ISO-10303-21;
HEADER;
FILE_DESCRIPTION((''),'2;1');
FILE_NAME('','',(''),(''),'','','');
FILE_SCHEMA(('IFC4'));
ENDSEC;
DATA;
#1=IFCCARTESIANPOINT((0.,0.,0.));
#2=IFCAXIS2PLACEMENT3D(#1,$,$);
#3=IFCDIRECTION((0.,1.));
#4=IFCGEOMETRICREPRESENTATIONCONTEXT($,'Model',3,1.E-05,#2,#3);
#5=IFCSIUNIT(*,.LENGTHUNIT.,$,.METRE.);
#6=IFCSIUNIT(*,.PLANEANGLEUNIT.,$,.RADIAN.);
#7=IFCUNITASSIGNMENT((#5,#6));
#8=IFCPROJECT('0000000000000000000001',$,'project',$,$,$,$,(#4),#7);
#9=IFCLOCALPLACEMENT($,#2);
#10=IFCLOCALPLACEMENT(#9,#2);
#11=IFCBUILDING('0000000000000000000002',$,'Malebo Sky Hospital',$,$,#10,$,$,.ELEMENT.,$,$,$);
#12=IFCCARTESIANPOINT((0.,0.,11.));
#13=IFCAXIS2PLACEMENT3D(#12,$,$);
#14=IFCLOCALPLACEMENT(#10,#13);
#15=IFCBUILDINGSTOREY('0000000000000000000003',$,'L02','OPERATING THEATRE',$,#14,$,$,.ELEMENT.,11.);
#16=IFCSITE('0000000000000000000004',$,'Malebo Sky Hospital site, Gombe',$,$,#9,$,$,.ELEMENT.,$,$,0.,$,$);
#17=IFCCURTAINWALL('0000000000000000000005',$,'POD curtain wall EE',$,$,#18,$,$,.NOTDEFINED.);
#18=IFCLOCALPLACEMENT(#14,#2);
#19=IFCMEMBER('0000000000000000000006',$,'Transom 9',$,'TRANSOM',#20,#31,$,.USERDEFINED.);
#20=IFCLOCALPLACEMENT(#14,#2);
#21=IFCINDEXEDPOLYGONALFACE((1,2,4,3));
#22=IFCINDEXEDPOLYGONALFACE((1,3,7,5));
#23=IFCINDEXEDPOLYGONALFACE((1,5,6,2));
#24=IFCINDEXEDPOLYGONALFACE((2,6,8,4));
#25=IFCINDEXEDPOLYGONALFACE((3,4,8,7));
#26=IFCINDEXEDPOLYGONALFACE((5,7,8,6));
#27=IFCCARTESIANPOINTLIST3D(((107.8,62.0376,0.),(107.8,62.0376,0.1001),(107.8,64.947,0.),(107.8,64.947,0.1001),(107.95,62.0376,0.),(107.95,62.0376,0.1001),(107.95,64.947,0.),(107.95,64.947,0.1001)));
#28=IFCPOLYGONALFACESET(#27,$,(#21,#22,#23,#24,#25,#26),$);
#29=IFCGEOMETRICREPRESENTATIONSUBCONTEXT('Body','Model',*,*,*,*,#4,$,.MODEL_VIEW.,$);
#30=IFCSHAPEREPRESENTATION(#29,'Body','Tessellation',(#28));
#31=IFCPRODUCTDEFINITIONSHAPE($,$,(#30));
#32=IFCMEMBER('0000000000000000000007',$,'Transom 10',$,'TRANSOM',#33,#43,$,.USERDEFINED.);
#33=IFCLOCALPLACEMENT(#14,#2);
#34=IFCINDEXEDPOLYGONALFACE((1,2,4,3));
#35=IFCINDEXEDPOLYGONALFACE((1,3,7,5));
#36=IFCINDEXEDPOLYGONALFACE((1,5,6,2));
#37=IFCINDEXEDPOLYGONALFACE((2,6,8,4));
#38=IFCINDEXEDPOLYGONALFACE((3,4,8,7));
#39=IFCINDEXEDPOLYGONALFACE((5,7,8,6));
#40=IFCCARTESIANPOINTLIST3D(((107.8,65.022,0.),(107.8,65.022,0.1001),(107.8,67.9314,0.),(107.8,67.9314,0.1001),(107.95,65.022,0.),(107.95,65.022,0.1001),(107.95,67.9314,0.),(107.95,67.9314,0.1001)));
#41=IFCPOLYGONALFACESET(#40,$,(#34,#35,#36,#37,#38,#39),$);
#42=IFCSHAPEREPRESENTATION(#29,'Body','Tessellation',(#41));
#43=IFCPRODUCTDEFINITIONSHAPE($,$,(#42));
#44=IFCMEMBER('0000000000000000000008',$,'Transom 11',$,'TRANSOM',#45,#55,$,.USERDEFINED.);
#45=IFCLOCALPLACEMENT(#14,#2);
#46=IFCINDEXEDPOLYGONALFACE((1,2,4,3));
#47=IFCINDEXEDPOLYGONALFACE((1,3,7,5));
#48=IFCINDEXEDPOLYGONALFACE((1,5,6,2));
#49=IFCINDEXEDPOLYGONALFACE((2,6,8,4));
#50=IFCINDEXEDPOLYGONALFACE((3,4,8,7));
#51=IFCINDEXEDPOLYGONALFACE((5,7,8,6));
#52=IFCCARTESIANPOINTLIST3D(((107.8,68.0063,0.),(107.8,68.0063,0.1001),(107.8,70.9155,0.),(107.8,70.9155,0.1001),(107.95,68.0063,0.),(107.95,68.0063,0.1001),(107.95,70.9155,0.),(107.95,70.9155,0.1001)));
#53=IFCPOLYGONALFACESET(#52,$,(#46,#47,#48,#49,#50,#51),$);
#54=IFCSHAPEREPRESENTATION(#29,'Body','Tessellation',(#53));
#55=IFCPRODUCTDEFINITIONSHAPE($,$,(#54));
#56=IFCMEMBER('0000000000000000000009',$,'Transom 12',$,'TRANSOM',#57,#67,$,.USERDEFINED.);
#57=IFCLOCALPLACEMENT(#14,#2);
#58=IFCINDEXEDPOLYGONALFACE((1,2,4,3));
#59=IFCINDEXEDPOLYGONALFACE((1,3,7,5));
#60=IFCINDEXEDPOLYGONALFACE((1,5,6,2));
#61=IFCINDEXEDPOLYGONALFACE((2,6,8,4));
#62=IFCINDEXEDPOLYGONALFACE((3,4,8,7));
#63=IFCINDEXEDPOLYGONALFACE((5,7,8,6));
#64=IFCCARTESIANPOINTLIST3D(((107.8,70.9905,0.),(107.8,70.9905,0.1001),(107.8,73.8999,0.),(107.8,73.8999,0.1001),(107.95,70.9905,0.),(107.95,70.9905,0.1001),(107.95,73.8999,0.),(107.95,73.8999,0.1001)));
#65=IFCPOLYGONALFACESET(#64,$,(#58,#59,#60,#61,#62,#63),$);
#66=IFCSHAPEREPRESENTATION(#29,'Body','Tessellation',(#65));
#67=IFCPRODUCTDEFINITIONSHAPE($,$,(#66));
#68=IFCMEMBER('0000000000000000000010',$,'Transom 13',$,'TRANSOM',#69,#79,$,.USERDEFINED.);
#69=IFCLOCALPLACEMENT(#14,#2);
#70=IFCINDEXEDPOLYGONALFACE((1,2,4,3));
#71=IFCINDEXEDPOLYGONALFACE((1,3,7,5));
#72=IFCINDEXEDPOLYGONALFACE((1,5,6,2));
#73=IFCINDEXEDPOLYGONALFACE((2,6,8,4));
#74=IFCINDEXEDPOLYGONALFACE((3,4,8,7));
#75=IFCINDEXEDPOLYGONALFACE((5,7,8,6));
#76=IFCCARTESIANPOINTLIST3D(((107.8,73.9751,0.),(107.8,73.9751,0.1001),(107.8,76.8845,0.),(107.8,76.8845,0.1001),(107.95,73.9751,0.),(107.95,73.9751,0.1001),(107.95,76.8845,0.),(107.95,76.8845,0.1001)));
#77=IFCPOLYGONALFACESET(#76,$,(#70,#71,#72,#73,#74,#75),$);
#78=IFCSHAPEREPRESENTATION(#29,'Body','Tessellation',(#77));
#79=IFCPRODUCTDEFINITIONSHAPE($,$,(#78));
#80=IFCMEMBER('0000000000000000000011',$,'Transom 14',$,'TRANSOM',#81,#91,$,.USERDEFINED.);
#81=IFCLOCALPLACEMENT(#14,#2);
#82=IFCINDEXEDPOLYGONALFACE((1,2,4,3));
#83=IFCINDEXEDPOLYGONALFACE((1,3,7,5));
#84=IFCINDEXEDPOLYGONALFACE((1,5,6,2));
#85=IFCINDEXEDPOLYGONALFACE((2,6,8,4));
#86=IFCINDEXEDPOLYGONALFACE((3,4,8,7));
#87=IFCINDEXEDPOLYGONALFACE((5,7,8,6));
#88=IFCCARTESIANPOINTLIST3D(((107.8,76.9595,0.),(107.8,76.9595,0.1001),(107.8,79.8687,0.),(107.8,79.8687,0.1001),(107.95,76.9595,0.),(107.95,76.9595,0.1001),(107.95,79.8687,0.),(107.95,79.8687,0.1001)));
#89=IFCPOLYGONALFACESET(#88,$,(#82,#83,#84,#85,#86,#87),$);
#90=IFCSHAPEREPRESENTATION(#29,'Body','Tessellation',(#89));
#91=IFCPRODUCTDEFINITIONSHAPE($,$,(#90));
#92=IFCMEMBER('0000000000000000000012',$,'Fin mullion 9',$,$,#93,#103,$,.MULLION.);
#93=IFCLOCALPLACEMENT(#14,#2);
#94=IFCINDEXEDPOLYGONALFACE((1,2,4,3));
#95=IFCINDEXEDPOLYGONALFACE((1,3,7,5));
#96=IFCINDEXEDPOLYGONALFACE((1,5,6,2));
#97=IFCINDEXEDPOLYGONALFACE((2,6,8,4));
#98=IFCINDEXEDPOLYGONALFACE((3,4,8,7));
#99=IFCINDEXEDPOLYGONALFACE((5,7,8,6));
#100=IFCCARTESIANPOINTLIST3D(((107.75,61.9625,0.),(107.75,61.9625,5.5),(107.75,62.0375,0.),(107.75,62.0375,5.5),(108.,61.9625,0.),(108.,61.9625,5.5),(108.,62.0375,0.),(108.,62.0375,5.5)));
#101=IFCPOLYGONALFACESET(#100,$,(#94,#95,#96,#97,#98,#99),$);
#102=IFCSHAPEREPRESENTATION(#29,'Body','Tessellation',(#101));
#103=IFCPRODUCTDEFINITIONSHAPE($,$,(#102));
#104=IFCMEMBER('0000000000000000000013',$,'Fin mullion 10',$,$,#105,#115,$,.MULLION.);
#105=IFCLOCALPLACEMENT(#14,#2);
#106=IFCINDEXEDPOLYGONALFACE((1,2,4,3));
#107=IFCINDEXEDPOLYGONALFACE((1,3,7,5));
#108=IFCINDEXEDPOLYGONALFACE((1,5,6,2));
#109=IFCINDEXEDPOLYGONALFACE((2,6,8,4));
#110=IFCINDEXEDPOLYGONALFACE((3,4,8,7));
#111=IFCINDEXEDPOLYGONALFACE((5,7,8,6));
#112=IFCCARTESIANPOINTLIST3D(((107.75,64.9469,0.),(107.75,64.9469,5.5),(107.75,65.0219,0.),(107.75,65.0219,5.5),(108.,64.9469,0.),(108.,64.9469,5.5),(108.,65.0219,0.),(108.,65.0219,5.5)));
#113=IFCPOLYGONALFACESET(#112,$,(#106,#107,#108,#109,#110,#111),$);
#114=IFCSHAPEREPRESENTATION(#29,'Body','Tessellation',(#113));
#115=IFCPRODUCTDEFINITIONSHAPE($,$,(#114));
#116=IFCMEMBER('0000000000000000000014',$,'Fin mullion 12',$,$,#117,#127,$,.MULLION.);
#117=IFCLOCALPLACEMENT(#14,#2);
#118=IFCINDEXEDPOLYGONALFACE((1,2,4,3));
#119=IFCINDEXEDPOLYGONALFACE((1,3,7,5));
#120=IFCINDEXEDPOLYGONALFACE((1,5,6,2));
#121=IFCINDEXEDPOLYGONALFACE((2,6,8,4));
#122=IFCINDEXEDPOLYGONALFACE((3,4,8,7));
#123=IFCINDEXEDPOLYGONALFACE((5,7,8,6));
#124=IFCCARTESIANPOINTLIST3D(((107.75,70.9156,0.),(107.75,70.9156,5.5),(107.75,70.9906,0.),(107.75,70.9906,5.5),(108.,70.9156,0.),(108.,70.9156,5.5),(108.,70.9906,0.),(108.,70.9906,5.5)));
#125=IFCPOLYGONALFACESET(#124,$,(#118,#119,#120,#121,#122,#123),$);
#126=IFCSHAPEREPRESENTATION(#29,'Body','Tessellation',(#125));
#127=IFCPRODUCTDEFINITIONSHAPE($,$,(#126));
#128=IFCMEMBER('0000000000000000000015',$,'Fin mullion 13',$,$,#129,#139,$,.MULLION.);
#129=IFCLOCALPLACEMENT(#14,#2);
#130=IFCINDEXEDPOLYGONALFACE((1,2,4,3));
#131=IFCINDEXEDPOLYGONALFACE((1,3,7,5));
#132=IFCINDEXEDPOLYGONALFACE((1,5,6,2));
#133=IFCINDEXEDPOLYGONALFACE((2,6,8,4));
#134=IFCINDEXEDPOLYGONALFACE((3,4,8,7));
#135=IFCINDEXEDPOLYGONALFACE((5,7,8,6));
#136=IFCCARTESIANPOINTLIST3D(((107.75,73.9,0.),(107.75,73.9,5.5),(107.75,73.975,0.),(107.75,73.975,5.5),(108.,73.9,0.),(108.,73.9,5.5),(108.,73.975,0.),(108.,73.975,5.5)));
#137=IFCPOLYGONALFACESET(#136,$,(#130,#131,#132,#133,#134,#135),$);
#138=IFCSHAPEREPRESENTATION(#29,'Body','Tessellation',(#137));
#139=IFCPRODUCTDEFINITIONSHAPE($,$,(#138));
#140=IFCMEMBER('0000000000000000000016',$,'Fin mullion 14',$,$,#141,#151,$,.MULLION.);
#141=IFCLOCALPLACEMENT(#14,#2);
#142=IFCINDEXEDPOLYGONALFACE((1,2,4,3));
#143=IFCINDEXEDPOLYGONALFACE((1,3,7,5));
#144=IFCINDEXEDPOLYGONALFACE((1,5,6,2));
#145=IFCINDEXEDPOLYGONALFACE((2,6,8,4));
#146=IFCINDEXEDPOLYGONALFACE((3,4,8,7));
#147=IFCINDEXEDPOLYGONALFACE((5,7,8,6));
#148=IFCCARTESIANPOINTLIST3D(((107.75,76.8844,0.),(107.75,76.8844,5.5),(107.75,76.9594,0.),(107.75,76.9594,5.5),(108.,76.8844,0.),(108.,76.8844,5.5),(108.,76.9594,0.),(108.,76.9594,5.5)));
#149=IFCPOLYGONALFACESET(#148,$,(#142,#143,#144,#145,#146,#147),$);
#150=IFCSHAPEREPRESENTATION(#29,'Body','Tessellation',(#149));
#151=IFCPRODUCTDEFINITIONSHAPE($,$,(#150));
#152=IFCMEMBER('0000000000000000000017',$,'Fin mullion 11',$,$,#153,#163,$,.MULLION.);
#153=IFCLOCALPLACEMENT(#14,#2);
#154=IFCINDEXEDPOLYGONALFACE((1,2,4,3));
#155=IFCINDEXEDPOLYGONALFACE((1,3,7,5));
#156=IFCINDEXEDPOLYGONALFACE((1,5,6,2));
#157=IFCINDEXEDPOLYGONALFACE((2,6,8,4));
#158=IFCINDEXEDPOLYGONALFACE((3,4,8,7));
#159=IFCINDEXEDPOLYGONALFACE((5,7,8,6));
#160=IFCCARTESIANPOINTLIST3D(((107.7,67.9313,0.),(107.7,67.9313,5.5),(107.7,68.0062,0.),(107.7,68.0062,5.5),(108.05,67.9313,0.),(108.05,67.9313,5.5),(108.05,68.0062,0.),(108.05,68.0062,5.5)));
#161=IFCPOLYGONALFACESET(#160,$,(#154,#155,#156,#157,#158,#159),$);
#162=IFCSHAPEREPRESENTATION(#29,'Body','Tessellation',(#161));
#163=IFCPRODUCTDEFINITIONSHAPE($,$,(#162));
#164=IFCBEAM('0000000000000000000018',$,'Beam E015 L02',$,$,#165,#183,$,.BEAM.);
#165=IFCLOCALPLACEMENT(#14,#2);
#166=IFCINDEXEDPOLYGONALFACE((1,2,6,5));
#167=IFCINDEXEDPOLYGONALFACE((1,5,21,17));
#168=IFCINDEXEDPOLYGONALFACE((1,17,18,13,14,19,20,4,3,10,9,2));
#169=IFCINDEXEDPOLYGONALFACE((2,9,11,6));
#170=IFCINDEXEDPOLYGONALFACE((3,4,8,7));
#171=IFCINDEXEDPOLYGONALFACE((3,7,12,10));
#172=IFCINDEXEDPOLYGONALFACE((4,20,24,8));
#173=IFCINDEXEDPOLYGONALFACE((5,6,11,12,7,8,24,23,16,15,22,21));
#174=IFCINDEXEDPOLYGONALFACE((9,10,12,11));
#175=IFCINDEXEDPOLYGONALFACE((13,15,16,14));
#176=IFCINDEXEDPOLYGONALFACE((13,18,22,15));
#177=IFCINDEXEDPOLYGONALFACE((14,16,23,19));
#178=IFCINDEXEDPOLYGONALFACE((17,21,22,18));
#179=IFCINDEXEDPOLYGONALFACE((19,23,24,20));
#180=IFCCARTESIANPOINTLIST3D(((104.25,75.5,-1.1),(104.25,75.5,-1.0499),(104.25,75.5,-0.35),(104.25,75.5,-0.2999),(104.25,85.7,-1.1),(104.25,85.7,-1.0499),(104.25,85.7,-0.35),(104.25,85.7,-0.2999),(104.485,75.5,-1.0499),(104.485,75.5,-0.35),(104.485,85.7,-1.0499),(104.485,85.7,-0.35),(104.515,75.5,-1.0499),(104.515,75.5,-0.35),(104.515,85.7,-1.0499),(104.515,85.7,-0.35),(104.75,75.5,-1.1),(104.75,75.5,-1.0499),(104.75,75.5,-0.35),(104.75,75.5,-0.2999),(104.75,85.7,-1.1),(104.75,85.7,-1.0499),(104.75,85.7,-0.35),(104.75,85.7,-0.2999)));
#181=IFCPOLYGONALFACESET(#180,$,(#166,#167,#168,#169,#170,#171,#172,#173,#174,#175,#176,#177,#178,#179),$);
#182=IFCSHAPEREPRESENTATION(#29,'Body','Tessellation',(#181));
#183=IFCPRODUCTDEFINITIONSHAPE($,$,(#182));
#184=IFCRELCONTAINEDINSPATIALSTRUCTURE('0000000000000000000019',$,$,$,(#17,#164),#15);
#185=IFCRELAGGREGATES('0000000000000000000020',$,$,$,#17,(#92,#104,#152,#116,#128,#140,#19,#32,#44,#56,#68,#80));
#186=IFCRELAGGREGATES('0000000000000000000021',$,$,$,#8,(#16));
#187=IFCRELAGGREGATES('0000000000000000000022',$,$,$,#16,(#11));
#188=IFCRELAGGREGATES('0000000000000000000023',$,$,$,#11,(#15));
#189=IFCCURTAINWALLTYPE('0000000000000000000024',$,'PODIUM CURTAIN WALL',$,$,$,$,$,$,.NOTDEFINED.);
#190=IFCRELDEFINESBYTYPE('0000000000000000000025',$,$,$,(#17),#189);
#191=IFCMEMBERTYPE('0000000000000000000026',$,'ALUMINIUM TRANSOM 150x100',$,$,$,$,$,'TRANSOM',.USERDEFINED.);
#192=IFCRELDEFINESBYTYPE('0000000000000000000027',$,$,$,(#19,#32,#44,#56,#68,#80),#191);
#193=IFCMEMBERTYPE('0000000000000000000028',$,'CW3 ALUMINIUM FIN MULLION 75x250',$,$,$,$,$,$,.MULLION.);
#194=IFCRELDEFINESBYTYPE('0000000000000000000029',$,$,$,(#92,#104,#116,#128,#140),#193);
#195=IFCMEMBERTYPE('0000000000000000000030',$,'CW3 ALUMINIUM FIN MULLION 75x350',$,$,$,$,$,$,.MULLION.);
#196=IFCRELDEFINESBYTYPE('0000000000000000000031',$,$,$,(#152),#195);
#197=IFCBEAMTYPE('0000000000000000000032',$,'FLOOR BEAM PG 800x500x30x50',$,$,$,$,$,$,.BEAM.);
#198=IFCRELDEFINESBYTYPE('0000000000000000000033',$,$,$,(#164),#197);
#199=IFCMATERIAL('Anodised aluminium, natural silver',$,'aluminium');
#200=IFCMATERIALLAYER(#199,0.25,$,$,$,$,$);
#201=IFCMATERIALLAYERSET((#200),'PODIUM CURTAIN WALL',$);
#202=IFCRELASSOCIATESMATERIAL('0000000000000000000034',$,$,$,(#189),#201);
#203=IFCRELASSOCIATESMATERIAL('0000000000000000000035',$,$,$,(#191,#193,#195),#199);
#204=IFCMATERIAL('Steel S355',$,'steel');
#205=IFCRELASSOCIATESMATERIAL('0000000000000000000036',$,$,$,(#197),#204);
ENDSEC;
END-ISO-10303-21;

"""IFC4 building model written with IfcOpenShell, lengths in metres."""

from ifc_helpers import new_model, si_unit, direction, frame, origin, origin_2d, place, context, subcontext, project, spatial, rectangle, i_section, extrude, material, layer, layer_set, material_profile, profile_set, type_object, element, aggregate, save


model = new_model("IFC4")

# Units and contexts
model_context = context("Model", 3, precision=1e-05, world=origin(), true_north=direction((0.0, 1.0)))
body_context = subcontext(model_context, "Body", "Model", "MODEL_VIEW")
ifc_project = project(units=[si_unit("LENGTHUNIT", "METRE"), si_unit("PLANEANGLEUNIT", "RADIAN")], contexts=[model_context])

# Site, building, storey
site_placement = place(None, origin())
site = spatial("IfcSite", under=ifc_project, at=site_placement, Name="Malebo Sky Hospital site, Gombe", CompositionType="ELEMENT", RefElevation=0.0)
building_placement = place(site_placement, origin())
building = spatial("IfcBuilding", under=site, at=building_placement, Name="Malebo Sky Hospital", CompositionType="ELEMENT")
storey_placement = place(building_placement, frame((0.0, 0.0, 11.0)))
storey = spatial("IfcBuildingStorey", under=building, at=storey_placement, Name="L02", Description="OPERATING THEATRE", CompositionType="ELEMENT", Elevation=11.0)

# Curtain wall, members
ifc_material_1 = material(Name="Anodised aluminium, natural silver", Category="aluminium")
ifc_layer_1 = layer(ifc_material_1, 0.25)
ifc_layer_set_1 = layer_set([ifc_layer_1], Name="PODIUM CURTAIN WALL")
curtain_wall_type = type_object("IfcCurtainWallType", Name="PODIUM CURTAIN WALL", PredefinedType="NOTDEFINED", material=ifc_layer_set_1)
curtain_wall_placement = place(storey_placement, origin())
curtain_wall = element("IfcCurtainWall", 1, at=curtain_wall_placement, inside=storey, type_object=curtain_wall_type, Name="POD curtain wall EE", PredefinedType="NOTDEFINED")
ifc_material_profile_1 = material_profile(ifc_material_1, rectangle(XDim=0.1499, YDim=0.1001, at=origin_2d()), Name="ALUMINIUM TRANSOM 150x100")
ifc_profile_set_1 = profile_set([ifc_material_profile_1], Name="Anodised aluminium, natural silver")
member_type_1 = type_object("IfcMemberType", Name="ALUMINIUM TRANSOM 150x100", ElementType="TRANSOM", PredefinedType="USERDEFINED", material=ifc_profile_set_1)
member_1_placement = place(storey_placement, frame((107.875, 62.0376, 0.05), z_axis=(0.0, 1.0, 0.0), x_axis=(-1.0, 0.0, 0.0)))
member_1 = element("IfcMember", 2, at=member_1_placement, type_object=member_type_1, Name="Transom 9", ObjectType="TRANSOM", PredefinedType="USERDEFINED", context=body_context, shape_type="SweptSolid", body=[
    extrude(rectangle(XDim=0.1499, YDim=0.1001, at=origin_2d()), origin(), (0.0, 0.0, 1.0), 2.9094),
])
member_2_placement = place(storey_placement, frame((107.875, 65.022, 0.05), z_axis=(0.0, 1.0, 0.0), x_axis=(-1.0, 0.0, 0.0)))
member_2 = element("IfcMember", 3, at=member_2_placement, type_object=member_type_1, Name="Transom 10", ObjectType="TRANSOM", PredefinedType="USERDEFINED", context=body_context, shape_type="SweptSolid", body=[
    extrude(rectangle(XDim=0.1499, YDim=0.1001, at=origin_2d()), origin(), (0.0, 0.0, 1.0), 2.9094),
])
member_3_placement = place(storey_placement, frame((107.875, 68.0063, 0.05), z_axis=(0.0, 1.0, 0.0), x_axis=(-1.0, 0.0, 0.0)))
member_3 = element("IfcMember", 4, at=member_3_placement, type_object=member_type_1, Name="Transom 11", ObjectType="TRANSOM", PredefinedType="USERDEFINED", context=body_context, shape_type="SweptSolid", body=[
    extrude(rectangle(XDim=0.1499, YDim=0.1001, at=origin_2d()), origin(), (0.0, 0.0, 1.0), 2.9092),
])
member_4_placement = place(storey_placement, frame((107.875, 70.9905, 0.05), z_axis=(0.0, 1.0, 0.0), x_axis=(-1.0, 0.0, 0.0)))
member_4 = element("IfcMember", 5, at=member_4_placement, type_object=member_type_1, Name="Transom 12", ObjectType="TRANSOM", PredefinedType="USERDEFINED", context=body_context, shape_type="SweptSolid", body=[
    extrude(rectangle(XDim=0.1499, YDim=0.1001, at=origin_2d()), origin(), (0.0, 0.0, 1.0), 2.9094),
])
member_5_placement = place(storey_placement, frame((107.875, 73.9751, 0.05), z_axis=(0.0, 1.0, 0.0), x_axis=(-1.0, 0.0, 0.0)))
member_5 = element("IfcMember", 6, at=member_5_placement, type_object=member_type_1, Name="Transom 13", ObjectType="TRANSOM", PredefinedType="USERDEFINED", context=body_context, shape_type="SweptSolid", body=[
    extrude(rectangle(XDim=0.1499, YDim=0.1001, at=origin_2d()), origin(), (0.0, 0.0, 1.0), 2.9094),
])
member_6_placement = place(storey_placement, frame((107.875, 76.9595, 0.05), z_axis=(0.0, 1.0, 0.0), x_axis=(-1.0, 0.0, 0.0)))
member_6 = element("IfcMember", 7, at=member_6_placement, type_object=member_type_1, Name="Transom 14", ObjectType="TRANSOM", PredefinedType="USERDEFINED", context=body_context, shape_type="SweptSolid", body=[
    extrude(rectangle(XDim=0.1499, YDim=0.1001, at=origin_2d()), origin(), (0.0, 0.0, 1.0), 2.9092),
])
ifc_material_profile_2 = material_profile(ifc_material_1, rectangle(XDim=0.075, YDim=0.25, at=origin_2d()), Name="CW3 ALUMINIUM FIN MULLION 75x250")
ifc_profile_set_2 = profile_set([ifc_material_profile_2], Name="Anodised aluminium, natural silver")
member_type_2 = type_object("IfcMemberType", Name="CW3 ALUMINIUM FIN MULLION 75x250", PredefinedType="MULLION", material=ifc_profile_set_2)
member_7_placement = place(storey_placement, frame((107.875, 62.0, 0.0), z_axis=(0.0, 0.0, 1.0), x_axis=(0.0, 1.0, 0.0)))
member_7 = element("IfcMember", 8, at=member_7_placement, type_object=member_type_2, Name="Fin mullion 9", PredefinedType="MULLION", context=body_context, shape_type="SweptSolid", body=[
    extrude(rectangle(XDim=0.075, YDim=0.25, at=origin_2d()), origin(), (0.0, 0.0, 1.0), 5.5),
])
member_8_placement = place(storey_placement, frame((107.875, 64.9844, 0.0), z_axis=(0.0, 0.0, 1.0), x_axis=(0.0, 1.0, 0.0)))
member_8 = element("IfcMember", 9, at=member_8_placement, type_object=member_type_2, Name="Fin mullion 10", PredefinedType="MULLION", context=body_context, shape_type="SweptSolid", body=[
    extrude(rectangle(XDim=0.075, YDim=0.25, at=origin_2d()), origin(), (0.0, 0.0, 1.0), 5.5),
])
member_9_placement = place(storey_placement, frame((107.875, 70.9531, 0.0), z_axis=(0.0, 0.0, 1.0), x_axis=(0.0, 1.0, 0.0)))
member_9 = element("IfcMember", 10, at=member_9_placement, type_object=member_type_2, Name="Fin mullion 12", PredefinedType="MULLION", context=body_context, shape_type="SweptSolid", body=[
    extrude(rectangle(XDim=0.075, YDim=0.25, at=origin_2d()), origin(), (0.0, 0.0, 1.0), 5.5),
])
member_10_placement = place(storey_placement, frame((107.875, 73.9375, 0.0), z_axis=(0.0, 0.0, 1.0), x_axis=(0.0, 1.0, 0.0)))
member_10 = element("IfcMember", 11, at=member_10_placement, type_object=member_type_2, Name="Fin mullion 13", PredefinedType="MULLION", context=body_context, shape_type="SweptSolid", body=[
    extrude(rectangle(XDim=0.075, YDim=0.25, at=origin_2d()), origin(), (0.0, 0.0, 1.0), 5.5),
])
member_11_placement = place(storey_placement, frame((107.875, 76.9219, 0.0), z_axis=(0.0, 0.0, 1.0), x_axis=(0.0, 1.0, 0.0)))
member_11 = element("IfcMember", 12, at=member_11_placement, type_object=member_type_2, Name="Fin mullion 14", PredefinedType="MULLION", context=body_context, shape_type="SweptSolid", body=[
    extrude(rectangle(XDim=0.075, YDim=0.25, at=origin_2d()), origin(), (0.0, 0.0, 1.0), 5.5),
])
ifc_material_profile_3 = material_profile(ifc_material_1, rectangle(XDim=0.075, YDim=0.3501, at=origin_2d()), Name="CW3 ALUMINIUM FIN MULLION 75x350")
ifc_profile_set_3 = profile_set([ifc_material_profile_3], Name="Anodised aluminium, natural silver")
member_type_3 = type_object("IfcMemberType", Name="CW3 ALUMINIUM FIN MULLION 75x350", PredefinedType="MULLION", material=ifc_profile_set_3)
member_12_placement = place(storey_placement, frame((107.875, 67.9688, 0.0), z_axis=(0.0, 0.0, 1.0), x_axis=(0.0, 1.0, 0.0)))
member_12 = element("IfcMember", 13, at=member_12_placement, type_object=member_type_3, Name="Fin mullion 11", PredefinedType="MULLION", context=body_context, shape_type="SweptSolid", body=[
    extrude(rectangle(XDim=0.075, YDim=0.3501, at=origin_2d()), origin(), (0.0, 0.0, 1.0), 5.5),
])

# Beam
ifc_material_2 = material(Name="Steel S355", Category="steel")
ifc_material_profile_4 = material_profile(ifc_material_2, i_section(OverallWidth=0.5, OverallDepth=0.8, WebThickness=0.03, FlangeThickness=0.05, at=origin_2d()), Name="PG 800x500x30x50")
ifc_profile_set_4 = profile_set([ifc_material_profile_4], Name="Steel S355")
beam_type = type_object("IfcBeamType", Name="FLOOR BEAM PG 800x500x30x50", PredefinedType="BEAM", material=ifc_profile_set_4)
beam_placement = place(storey_placement, frame((104.5, 75.5, -0.7), z_axis=(0.0, 1.0, 0.0), x_axis=(-1.0, 0.0, 0.0)))
element("IfcBeam", 14, at=beam_placement, inside=storey, type_object=beam_type, Name="Beam E015 L02", PredefinedType="BEAM", context=body_context, shape_type="SweptSolid", body=[
    extrude(i_section(OverallWidth=0.5, OverallDepth=0.8, WebThickness=0.03, FlangeThickness=0.05, at=origin_2d()), origin(), (0.0, 0.0, 1.0), 10.2),
])

aggregate(curtain_wall, [member_7, member_8, member_12, member_9, member_10, member_11, member_1, member_2, member_3, member_4, member_5, member_6])

save(model, "model.ifc")
